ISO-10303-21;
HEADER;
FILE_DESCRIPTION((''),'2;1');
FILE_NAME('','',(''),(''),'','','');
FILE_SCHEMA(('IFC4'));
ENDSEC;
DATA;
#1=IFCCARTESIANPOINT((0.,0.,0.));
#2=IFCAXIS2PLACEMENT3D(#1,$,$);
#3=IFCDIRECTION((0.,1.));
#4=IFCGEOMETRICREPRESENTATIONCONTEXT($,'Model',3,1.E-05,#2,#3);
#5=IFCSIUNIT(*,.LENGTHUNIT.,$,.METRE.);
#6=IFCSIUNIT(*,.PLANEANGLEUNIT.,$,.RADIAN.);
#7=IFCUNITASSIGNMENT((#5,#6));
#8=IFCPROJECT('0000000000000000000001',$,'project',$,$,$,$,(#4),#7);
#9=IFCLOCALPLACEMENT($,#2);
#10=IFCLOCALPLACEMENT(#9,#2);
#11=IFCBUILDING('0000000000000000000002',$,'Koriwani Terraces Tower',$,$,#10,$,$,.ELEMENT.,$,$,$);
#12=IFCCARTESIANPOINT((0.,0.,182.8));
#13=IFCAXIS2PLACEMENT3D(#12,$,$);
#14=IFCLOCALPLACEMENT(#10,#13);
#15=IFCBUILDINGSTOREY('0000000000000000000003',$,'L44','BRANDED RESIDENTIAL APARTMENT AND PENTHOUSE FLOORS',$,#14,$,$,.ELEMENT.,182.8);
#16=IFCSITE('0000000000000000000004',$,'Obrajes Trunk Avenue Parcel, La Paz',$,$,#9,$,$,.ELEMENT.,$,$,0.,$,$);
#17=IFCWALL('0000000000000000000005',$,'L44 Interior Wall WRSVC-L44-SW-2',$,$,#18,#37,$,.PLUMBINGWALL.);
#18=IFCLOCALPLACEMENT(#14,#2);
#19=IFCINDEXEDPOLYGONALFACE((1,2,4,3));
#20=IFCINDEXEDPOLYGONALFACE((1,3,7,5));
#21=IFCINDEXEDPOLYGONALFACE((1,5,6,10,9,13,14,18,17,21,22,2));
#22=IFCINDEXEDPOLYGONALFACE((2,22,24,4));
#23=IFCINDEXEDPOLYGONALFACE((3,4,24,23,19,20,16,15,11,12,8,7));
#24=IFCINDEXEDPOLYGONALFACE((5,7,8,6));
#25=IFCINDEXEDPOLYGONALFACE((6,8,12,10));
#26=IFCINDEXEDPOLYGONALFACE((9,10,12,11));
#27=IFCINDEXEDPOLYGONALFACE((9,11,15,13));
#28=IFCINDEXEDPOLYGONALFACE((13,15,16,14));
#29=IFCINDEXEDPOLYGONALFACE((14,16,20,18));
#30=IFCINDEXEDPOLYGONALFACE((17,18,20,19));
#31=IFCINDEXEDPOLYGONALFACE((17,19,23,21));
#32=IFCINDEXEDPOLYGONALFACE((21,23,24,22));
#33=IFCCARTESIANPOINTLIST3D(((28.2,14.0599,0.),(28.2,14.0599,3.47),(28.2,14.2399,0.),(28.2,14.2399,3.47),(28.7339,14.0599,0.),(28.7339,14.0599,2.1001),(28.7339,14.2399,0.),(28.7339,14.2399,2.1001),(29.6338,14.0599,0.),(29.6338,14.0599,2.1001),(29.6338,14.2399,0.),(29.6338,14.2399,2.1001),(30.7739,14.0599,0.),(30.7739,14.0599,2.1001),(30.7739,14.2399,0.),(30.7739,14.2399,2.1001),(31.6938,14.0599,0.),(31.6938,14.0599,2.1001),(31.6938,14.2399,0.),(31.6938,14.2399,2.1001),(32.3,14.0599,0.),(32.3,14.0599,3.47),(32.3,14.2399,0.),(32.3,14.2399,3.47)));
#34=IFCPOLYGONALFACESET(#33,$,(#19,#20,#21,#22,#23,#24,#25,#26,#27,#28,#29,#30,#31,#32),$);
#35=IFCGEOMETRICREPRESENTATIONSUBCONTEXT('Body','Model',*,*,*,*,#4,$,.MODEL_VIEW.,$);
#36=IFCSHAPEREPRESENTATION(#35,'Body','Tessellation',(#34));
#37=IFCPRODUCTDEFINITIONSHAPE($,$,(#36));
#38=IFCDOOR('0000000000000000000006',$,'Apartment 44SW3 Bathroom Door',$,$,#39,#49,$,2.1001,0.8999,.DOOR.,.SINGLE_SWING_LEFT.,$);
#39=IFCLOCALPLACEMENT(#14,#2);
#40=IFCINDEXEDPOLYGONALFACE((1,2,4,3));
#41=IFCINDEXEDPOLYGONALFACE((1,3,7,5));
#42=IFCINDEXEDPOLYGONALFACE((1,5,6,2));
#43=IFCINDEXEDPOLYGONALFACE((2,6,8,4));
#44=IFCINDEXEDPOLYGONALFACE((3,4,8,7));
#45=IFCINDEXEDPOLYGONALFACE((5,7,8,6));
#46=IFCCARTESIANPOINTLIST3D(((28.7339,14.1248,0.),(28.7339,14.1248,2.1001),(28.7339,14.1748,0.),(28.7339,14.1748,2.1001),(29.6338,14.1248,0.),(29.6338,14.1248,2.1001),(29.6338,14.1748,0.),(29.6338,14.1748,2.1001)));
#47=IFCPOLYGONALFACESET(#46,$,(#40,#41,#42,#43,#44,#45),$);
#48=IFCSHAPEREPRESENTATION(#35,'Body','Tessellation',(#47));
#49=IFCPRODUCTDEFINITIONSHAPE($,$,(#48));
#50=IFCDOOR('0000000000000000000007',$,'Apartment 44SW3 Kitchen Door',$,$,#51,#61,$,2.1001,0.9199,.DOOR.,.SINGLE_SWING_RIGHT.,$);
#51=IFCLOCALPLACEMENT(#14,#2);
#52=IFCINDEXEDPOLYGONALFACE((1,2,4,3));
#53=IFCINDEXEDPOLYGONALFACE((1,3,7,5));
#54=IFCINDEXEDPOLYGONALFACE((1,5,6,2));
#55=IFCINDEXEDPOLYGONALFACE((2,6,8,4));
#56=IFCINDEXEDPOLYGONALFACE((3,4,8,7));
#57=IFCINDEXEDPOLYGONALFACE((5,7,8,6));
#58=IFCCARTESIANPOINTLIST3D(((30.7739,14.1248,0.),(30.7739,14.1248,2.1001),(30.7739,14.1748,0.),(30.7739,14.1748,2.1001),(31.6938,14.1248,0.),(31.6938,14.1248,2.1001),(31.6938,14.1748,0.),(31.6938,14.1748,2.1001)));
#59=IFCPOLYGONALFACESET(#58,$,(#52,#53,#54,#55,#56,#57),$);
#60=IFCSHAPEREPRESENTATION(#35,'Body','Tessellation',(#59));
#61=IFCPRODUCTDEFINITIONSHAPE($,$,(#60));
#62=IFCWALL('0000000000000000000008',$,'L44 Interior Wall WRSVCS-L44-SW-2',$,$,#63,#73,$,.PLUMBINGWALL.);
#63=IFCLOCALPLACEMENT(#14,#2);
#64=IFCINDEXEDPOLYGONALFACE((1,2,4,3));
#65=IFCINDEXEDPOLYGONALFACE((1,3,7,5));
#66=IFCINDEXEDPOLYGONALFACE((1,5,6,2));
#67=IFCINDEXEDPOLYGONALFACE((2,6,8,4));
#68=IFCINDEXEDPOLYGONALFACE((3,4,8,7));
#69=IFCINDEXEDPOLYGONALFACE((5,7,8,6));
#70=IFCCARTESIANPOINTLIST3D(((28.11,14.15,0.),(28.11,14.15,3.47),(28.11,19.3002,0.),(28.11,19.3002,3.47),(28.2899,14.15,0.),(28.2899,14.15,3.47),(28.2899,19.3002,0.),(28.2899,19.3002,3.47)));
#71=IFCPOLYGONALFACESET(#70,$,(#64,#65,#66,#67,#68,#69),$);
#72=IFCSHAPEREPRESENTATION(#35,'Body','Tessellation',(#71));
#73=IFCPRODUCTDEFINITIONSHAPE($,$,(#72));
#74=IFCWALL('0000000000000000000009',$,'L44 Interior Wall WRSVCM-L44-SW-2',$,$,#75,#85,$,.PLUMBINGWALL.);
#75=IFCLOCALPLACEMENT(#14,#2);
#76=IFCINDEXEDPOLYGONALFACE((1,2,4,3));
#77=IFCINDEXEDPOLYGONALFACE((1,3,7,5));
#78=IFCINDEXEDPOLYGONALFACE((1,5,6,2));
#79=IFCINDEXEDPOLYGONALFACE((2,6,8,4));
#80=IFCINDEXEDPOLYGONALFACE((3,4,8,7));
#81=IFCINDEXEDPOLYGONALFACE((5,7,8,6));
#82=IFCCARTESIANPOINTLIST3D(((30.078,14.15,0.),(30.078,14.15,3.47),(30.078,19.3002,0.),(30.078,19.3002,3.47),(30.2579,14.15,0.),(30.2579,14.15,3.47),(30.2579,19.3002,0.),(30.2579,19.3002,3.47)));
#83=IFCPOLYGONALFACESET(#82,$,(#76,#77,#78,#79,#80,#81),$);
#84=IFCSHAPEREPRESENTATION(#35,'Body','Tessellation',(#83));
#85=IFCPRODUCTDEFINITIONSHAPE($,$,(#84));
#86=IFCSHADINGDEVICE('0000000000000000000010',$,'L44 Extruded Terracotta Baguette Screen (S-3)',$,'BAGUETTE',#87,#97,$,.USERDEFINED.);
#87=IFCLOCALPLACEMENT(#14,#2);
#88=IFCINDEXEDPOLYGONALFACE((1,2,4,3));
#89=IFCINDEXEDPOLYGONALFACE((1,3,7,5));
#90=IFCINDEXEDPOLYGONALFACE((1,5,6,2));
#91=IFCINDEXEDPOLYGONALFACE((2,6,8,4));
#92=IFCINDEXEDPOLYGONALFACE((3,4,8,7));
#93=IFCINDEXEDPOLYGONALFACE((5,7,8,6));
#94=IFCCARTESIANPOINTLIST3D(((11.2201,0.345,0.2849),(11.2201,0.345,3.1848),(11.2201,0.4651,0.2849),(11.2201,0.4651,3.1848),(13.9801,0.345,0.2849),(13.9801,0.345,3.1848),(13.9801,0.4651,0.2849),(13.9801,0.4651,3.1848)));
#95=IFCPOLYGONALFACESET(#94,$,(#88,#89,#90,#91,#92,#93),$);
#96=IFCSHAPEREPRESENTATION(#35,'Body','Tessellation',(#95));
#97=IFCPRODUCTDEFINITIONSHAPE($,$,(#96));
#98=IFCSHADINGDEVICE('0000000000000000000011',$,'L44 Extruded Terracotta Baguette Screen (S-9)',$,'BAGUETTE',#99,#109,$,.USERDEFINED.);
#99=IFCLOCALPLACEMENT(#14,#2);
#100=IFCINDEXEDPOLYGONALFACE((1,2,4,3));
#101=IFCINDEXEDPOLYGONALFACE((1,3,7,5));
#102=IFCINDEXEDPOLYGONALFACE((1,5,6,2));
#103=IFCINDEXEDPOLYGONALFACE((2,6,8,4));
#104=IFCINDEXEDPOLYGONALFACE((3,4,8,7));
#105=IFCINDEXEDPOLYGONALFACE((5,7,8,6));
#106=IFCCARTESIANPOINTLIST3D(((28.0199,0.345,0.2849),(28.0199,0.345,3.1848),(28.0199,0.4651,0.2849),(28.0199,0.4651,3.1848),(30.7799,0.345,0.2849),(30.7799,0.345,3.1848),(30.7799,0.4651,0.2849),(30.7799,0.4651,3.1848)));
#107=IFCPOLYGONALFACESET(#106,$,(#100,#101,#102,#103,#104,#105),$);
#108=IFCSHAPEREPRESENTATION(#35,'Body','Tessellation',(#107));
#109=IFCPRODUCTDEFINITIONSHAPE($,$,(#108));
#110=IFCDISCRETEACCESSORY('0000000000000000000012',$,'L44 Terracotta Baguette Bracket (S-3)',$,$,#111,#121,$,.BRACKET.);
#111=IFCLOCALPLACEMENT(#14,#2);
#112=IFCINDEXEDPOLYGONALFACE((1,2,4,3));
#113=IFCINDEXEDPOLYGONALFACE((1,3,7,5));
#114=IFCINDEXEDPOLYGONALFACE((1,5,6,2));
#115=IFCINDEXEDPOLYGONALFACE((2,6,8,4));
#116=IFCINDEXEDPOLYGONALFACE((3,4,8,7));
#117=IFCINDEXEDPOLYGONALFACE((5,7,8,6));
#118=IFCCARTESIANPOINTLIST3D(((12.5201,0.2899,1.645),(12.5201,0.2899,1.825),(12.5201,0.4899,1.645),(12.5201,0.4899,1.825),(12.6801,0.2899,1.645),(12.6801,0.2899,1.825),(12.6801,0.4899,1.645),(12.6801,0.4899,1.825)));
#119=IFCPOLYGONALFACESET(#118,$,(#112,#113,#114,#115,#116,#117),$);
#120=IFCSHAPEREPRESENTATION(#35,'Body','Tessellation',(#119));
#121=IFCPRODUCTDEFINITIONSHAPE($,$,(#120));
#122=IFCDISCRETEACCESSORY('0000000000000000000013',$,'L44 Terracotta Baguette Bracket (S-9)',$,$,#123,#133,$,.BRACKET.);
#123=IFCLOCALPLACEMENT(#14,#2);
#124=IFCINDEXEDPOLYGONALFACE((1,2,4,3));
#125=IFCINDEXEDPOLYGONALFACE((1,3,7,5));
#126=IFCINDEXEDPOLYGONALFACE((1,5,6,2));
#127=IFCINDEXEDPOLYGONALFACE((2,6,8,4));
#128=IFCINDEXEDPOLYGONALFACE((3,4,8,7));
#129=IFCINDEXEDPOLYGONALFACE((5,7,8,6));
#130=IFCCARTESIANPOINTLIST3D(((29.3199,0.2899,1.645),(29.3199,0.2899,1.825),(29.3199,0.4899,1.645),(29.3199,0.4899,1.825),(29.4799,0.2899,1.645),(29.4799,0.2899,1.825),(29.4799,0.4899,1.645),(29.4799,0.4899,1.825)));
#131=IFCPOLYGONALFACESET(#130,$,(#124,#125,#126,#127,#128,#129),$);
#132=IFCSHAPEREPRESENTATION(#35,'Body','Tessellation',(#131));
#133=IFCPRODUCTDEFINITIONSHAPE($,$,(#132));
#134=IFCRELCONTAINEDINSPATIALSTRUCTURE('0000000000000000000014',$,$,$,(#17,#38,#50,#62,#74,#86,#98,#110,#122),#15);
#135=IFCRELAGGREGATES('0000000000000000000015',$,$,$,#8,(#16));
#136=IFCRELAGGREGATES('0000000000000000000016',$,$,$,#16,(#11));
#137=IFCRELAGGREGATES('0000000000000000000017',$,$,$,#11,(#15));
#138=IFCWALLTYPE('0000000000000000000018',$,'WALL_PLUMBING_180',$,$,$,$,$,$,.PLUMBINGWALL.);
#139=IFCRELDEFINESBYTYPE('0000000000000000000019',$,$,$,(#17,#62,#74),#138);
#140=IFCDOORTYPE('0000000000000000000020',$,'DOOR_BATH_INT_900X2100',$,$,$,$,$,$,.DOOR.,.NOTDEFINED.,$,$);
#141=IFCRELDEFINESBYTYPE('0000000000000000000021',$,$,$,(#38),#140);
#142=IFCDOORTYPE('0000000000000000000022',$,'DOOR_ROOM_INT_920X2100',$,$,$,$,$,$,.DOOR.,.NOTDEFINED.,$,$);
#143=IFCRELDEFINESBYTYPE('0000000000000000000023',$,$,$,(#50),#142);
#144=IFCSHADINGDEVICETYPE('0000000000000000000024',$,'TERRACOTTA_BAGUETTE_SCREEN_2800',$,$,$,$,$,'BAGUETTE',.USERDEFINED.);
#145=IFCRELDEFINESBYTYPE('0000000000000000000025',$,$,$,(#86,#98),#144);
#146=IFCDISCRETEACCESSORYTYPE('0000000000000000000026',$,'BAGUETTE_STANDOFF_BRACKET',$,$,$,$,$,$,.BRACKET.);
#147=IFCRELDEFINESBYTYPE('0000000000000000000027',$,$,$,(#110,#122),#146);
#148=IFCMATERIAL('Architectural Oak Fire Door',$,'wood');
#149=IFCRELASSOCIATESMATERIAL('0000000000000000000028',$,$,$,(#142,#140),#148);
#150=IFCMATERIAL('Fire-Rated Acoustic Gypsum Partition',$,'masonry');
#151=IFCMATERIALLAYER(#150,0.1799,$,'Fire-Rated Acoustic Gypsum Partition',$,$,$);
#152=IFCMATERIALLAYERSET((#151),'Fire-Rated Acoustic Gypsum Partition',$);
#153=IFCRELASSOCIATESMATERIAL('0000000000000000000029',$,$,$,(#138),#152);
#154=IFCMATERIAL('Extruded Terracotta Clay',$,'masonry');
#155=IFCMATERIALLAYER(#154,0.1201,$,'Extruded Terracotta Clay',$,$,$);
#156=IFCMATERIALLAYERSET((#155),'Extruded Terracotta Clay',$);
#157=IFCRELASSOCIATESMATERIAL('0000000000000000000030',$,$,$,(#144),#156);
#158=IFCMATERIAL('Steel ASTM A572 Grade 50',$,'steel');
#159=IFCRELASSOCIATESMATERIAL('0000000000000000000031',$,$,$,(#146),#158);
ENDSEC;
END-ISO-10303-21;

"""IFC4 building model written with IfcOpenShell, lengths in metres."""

from ifc_helpers import new_model, si_unit, direction, frame, frame_2d, origin, origin_2d, place, context, subcontext, project, spatial, rectangle, extrude, material, layer, layer_set, type_object, element, fill, save


model = new_model("IFC4")

# Units and contexts
model_context = context("Model", 3, precision=1e-05, world=origin(), true_north=direction((0.0, 1.0)))
body_context = subcontext(model_context, "Body", "Model", "MODEL_VIEW")
ifc_project = project(units=[si_unit("LENGTHUNIT", "METRE"), si_unit("PLANEANGLEUNIT", "RADIAN")], contexts=[model_context])

# Site, building, storey
site_placement = place(None, origin())
site = spatial("IfcSite", under=ifc_project, at=site_placement, Name="Obrajes Trunk Avenue Parcel, La Paz", CompositionType="ELEMENT", RefElevation=0.0)
building_placement = place(site_placement, origin())
building = spatial("IfcBuilding", under=site, at=building_placement, Name="Koriwani Terraces Tower", CompositionType="ELEMENT")
storey_placement = place(building_placement, frame((0.0, 0.0, 182.8)))
storey = spatial("IfcBuildingStorey", under=building, at=storey_placement, Name="L44", Description="BRANDED RESIDENTIAL APARTMENT AND PENTHOUSE FLOORS", CompositionType="ELEMENT", Elevation=182.8)

# Shared definitions
ifc_material_1 = material(Name="Steel ASTM A572 Grade 50", Category="steel")

# Shared definitions
ifc_material_2 = material(Name="Fire-Rated Acoustic Gypsum Partition", Category="masonry")
ifc_material_3 = material(Name="Architectural Oak Fire Door", Category="wood")
door_type_1 = type_object("IfcDoorType", Name="DOOR_ROOM_INT_920X2100", OperationType="NOTDEFINED", PredefinedType="DOOR", material=ifc_material_3)

# Shared definitions
ifc_layer_1 = layer(ifc_material_2, 0.1799, Name="Fire-Rated Acoustic Gypsum Partition")
ifc_layer_set_1 = layer_set([ifc_layer_1], Name="Fire-Rated Acoustic Gypsum Partition")
wall_type_1 = type_object("IfcWallType", Name="WALL_PLUMBING_180", PredefinedType="PLUMBINGWALL", material=ifc_layer_set_1)

# Shared definitions
door_type_2 = type_object("IfcDoorType", Name="DOOR_BATH_INT_900X2100", OperationType="NOTDEFINED", PredefinedType="DOOR", material=ifc_material_3)

# Wall, openings, doors
wall_1_placement = place(storey_placement, frame((28.2, 14.1499, 0.0), z_axis=(0.0, 0.0, 1.0), x_axis=(1.0, 0.0, 0.0)))
wall_1 = element("IfcWall", 1, at=wall_1_placement, inside=storey, type_object=wall_type_1, Name="L44 Interior Wall WRSVC-L44-SW-2", PredefinedType="PLUMBINGWALL", context=body_context, shape_type="SweptSolid", body=[
    extrude(rectangle(XDim=4.1001, YDim=0.1799, at=frame_2d((2.05, 0.0))), origin(), (0.0, 0.0, 1.0), 3.47),
])
opening_1_placement = place(wall_1_placement, frame((0.5339, 0.0, 0.0)))
opening_1 = element("IfcOpeningElement", 2, at=opening_1_placement, cuts=wall_1, PredefinedType="OPENING", context=body_context, shape_type="SweptSolid", body=[
    extrude(rectangle(XDim=0.8999, YDim=2.1001, at=frame_2d((0.45, 1.05))), frame((0.0, 0.1001, 0.0), z_axis=(0.0, -1.0, 0.0), x_axis=(1.0, 0.0, 0.0)), (0.0, 0.0, 1.0), 0.2),
])
opening_2_placement = place(wall_1_placement, frame((2.574, 0.0, 0.0)))
opening_2 = element("IfcOpeningElement", 3, at=opening_2_placement, cuts=wall_1, PredefinedType="OPENING", context=body_context, shape_type="SweptSolid", body=[
    extrude(rectangle(XDim=0.9199, YDim=2.1001, at=frame_2d((0.46, 1.05))), frame((0.0, 0.1001, 0.0), z_axis=(0.0, -1.0, 0.0), x_axis=(1.0, 0.0, 0.0)), (0.0, 0.0, 1.0), 0.2),
])
door_1_placement = place(opening_1_placement, origin())
door_1 = element("IfcDoor", 4, at=door_1_placement, inside=storey, type_object=door_type_2, Name="Apartment 44SW3 Bathroom Door", OperationType="SINGLE_SWING_LEFT", OverallHeight=2.1001, OverallWidth=0.8999, PredefinedType="DOOR", context=body_context, shape_type="SweptSolid", body=[
    extrude(rectangle(XDim=0.8999, YDim=2.1001, at=frame_2d((0.45, 1.05))), frame((0.0, 0.0249, 0.0), z_axis=(0.0, -1.0, 0.0), x_axis=(1.0, 0.0, 0.0)), (0.0, 0.0, 1.0), 0.05),
])
fill(opening_1, door_1)
door_2_placement = place(opening_2_placement, origin())
door_2 = element("IfcDoor", 5, at=door_2_placement, inside=storey, type_object=door_type_1, Name="Apartment 44SW3 Kitchen Door", OperationType="SINGLE_SWING_RIGHT", OverallHeight=2.1001, OverallWidth=0.9199, PredefinedType="DOOR", context=body_context, shape_type="SweptSolid", body=[
    extrude(rectangle(XDim=0.9199, YDim=2.1001, at=frame_2d((0.46, 1.05))), frame((0.0, 0.0249, 0.0), z_axis=(0.0, -1.0, 0.0), x_axis=(1.0, 0.0, 0.0)), (0.0, 0.0, 1.0), 0.05),
])
fill(opening_2, door_2)

# Walls
for number, where, z_axis, x_axis, name in (
    (6, (28.2, 14.1499, 0.0), (0.0, 0.0, 1.0), (0.0, 1.0, 0.0), "L44 Interior Wall WRSVCS-L44-SW-2"),
    (7, (30.168, 14.1499, 0.0), (0.0, 0.0, 1.0), (0.0, 1.0, 0.0), "L44 Interior Wall WRSVCM-L44-SW-2"),
):
    element("IfcWall", number, at=place(storey_placement, frame(where, z_axis=z_axis, x_axis=x_axis)), inside=storey, type_object=wall_type_1, Name=name, PredefinedType="PLUMBINGWALL", context=body_context, shape_type="SweptSolid", body=[
        extrude(rectangle(XDim=5.1501, YDim=0.1799, at=frame_2d((2.5752, 0.0))), origin(), (0.0, 0.0, 1.0), 3.47),
    ])

# Shading devices
ifc_material_4 = material(Name="Extruded Terracotta Clay", Category="masonry")
ifc_layer_2 = layer(ifc_material_4, 0.1201, Name="Extruded Terracotta Clay")
ifc_layer_set_2 = layer_set([ifc_layer_2], Name="Extruded Terracotta Clay")
shading_device_type = type_object("IfcShadingDeviceType", Name="TERRACOTTA_BAGUETTE_SCREEN_2800", ElementType="BAGUETTE", PredefinedType="USERDEFINED", material=ifc_layer_set_2)
for number, where, z_axis, x_axis, name in (
    (8, (12.6001, 0.405, 0.2849), (0.0, 0.0, 1.0), (-1.0, 0.0, 0.0), "L44 Extruded Terracotta Baguette Screen (S-3)"),
    (9, (29.3999, 0.405, 0.2849), (0.0, 0.0, 1.0), (-1.0, 0.0, 0.0), "L44 Extruded Terracotta Baguette Screen (S-9)"),
):
    element("IfcShadingDevice", number, at=place(storey_placement, frame(where, z_axis=z_axis, x_axis=x_axis)), inside=storey, type_object=shading_device_type, Name=name, ObjectType="BAGUETTE", PredefinedType="USERDEFINED", context=body_context, shape_type="SweptSolid", body=[
        extrude(rectangle(XDim=2.76, YDim=0.1201, at=origin_2d()), origin(), (0.0, 0.0, 1.0), 2.8999),
    ])

# Discrete accessories
discrete_accessory_type = type_object("IfcDiscreteAccessoryType", Name="BAGUETTE_STANDOFF_BRACKET", PredefinedType="BRACKET", material=ifc_material_1)
for number, where, z_axis, x_axis, name in (
    (10, (12.6001, 0.3899, 1.645), (0.0, 0.0, 1.0), (-1.0, 0.0, 0.0), "L44 Terracotta Baguette Bracket (S-3)"),
    (11, (29.3999, 0.3899, 1.645), (0.0, 0.0, 1.0), (-1.0, 0.0, 0.0), "L44 Terracotta Baguette Bracket (S-9)"),
):
    element("IfcDiscreteAccessory", number, at=place(storey_placement, frame(where, z_axis=z_axis, x_axis=x_axis)), inside=storey, type_object=discrete_accessory_type, Name=name, PredefinedType="BRACKET", context=body_context, shape_type="SweptSolid", body=[
        extrude(rectangle(XDim=0.1599, YDim=0.2, at=origin_2d()), origin(), (0.0, 0.0, 1.0), 0.1799),
    ])

save(model, "model.ifc")
